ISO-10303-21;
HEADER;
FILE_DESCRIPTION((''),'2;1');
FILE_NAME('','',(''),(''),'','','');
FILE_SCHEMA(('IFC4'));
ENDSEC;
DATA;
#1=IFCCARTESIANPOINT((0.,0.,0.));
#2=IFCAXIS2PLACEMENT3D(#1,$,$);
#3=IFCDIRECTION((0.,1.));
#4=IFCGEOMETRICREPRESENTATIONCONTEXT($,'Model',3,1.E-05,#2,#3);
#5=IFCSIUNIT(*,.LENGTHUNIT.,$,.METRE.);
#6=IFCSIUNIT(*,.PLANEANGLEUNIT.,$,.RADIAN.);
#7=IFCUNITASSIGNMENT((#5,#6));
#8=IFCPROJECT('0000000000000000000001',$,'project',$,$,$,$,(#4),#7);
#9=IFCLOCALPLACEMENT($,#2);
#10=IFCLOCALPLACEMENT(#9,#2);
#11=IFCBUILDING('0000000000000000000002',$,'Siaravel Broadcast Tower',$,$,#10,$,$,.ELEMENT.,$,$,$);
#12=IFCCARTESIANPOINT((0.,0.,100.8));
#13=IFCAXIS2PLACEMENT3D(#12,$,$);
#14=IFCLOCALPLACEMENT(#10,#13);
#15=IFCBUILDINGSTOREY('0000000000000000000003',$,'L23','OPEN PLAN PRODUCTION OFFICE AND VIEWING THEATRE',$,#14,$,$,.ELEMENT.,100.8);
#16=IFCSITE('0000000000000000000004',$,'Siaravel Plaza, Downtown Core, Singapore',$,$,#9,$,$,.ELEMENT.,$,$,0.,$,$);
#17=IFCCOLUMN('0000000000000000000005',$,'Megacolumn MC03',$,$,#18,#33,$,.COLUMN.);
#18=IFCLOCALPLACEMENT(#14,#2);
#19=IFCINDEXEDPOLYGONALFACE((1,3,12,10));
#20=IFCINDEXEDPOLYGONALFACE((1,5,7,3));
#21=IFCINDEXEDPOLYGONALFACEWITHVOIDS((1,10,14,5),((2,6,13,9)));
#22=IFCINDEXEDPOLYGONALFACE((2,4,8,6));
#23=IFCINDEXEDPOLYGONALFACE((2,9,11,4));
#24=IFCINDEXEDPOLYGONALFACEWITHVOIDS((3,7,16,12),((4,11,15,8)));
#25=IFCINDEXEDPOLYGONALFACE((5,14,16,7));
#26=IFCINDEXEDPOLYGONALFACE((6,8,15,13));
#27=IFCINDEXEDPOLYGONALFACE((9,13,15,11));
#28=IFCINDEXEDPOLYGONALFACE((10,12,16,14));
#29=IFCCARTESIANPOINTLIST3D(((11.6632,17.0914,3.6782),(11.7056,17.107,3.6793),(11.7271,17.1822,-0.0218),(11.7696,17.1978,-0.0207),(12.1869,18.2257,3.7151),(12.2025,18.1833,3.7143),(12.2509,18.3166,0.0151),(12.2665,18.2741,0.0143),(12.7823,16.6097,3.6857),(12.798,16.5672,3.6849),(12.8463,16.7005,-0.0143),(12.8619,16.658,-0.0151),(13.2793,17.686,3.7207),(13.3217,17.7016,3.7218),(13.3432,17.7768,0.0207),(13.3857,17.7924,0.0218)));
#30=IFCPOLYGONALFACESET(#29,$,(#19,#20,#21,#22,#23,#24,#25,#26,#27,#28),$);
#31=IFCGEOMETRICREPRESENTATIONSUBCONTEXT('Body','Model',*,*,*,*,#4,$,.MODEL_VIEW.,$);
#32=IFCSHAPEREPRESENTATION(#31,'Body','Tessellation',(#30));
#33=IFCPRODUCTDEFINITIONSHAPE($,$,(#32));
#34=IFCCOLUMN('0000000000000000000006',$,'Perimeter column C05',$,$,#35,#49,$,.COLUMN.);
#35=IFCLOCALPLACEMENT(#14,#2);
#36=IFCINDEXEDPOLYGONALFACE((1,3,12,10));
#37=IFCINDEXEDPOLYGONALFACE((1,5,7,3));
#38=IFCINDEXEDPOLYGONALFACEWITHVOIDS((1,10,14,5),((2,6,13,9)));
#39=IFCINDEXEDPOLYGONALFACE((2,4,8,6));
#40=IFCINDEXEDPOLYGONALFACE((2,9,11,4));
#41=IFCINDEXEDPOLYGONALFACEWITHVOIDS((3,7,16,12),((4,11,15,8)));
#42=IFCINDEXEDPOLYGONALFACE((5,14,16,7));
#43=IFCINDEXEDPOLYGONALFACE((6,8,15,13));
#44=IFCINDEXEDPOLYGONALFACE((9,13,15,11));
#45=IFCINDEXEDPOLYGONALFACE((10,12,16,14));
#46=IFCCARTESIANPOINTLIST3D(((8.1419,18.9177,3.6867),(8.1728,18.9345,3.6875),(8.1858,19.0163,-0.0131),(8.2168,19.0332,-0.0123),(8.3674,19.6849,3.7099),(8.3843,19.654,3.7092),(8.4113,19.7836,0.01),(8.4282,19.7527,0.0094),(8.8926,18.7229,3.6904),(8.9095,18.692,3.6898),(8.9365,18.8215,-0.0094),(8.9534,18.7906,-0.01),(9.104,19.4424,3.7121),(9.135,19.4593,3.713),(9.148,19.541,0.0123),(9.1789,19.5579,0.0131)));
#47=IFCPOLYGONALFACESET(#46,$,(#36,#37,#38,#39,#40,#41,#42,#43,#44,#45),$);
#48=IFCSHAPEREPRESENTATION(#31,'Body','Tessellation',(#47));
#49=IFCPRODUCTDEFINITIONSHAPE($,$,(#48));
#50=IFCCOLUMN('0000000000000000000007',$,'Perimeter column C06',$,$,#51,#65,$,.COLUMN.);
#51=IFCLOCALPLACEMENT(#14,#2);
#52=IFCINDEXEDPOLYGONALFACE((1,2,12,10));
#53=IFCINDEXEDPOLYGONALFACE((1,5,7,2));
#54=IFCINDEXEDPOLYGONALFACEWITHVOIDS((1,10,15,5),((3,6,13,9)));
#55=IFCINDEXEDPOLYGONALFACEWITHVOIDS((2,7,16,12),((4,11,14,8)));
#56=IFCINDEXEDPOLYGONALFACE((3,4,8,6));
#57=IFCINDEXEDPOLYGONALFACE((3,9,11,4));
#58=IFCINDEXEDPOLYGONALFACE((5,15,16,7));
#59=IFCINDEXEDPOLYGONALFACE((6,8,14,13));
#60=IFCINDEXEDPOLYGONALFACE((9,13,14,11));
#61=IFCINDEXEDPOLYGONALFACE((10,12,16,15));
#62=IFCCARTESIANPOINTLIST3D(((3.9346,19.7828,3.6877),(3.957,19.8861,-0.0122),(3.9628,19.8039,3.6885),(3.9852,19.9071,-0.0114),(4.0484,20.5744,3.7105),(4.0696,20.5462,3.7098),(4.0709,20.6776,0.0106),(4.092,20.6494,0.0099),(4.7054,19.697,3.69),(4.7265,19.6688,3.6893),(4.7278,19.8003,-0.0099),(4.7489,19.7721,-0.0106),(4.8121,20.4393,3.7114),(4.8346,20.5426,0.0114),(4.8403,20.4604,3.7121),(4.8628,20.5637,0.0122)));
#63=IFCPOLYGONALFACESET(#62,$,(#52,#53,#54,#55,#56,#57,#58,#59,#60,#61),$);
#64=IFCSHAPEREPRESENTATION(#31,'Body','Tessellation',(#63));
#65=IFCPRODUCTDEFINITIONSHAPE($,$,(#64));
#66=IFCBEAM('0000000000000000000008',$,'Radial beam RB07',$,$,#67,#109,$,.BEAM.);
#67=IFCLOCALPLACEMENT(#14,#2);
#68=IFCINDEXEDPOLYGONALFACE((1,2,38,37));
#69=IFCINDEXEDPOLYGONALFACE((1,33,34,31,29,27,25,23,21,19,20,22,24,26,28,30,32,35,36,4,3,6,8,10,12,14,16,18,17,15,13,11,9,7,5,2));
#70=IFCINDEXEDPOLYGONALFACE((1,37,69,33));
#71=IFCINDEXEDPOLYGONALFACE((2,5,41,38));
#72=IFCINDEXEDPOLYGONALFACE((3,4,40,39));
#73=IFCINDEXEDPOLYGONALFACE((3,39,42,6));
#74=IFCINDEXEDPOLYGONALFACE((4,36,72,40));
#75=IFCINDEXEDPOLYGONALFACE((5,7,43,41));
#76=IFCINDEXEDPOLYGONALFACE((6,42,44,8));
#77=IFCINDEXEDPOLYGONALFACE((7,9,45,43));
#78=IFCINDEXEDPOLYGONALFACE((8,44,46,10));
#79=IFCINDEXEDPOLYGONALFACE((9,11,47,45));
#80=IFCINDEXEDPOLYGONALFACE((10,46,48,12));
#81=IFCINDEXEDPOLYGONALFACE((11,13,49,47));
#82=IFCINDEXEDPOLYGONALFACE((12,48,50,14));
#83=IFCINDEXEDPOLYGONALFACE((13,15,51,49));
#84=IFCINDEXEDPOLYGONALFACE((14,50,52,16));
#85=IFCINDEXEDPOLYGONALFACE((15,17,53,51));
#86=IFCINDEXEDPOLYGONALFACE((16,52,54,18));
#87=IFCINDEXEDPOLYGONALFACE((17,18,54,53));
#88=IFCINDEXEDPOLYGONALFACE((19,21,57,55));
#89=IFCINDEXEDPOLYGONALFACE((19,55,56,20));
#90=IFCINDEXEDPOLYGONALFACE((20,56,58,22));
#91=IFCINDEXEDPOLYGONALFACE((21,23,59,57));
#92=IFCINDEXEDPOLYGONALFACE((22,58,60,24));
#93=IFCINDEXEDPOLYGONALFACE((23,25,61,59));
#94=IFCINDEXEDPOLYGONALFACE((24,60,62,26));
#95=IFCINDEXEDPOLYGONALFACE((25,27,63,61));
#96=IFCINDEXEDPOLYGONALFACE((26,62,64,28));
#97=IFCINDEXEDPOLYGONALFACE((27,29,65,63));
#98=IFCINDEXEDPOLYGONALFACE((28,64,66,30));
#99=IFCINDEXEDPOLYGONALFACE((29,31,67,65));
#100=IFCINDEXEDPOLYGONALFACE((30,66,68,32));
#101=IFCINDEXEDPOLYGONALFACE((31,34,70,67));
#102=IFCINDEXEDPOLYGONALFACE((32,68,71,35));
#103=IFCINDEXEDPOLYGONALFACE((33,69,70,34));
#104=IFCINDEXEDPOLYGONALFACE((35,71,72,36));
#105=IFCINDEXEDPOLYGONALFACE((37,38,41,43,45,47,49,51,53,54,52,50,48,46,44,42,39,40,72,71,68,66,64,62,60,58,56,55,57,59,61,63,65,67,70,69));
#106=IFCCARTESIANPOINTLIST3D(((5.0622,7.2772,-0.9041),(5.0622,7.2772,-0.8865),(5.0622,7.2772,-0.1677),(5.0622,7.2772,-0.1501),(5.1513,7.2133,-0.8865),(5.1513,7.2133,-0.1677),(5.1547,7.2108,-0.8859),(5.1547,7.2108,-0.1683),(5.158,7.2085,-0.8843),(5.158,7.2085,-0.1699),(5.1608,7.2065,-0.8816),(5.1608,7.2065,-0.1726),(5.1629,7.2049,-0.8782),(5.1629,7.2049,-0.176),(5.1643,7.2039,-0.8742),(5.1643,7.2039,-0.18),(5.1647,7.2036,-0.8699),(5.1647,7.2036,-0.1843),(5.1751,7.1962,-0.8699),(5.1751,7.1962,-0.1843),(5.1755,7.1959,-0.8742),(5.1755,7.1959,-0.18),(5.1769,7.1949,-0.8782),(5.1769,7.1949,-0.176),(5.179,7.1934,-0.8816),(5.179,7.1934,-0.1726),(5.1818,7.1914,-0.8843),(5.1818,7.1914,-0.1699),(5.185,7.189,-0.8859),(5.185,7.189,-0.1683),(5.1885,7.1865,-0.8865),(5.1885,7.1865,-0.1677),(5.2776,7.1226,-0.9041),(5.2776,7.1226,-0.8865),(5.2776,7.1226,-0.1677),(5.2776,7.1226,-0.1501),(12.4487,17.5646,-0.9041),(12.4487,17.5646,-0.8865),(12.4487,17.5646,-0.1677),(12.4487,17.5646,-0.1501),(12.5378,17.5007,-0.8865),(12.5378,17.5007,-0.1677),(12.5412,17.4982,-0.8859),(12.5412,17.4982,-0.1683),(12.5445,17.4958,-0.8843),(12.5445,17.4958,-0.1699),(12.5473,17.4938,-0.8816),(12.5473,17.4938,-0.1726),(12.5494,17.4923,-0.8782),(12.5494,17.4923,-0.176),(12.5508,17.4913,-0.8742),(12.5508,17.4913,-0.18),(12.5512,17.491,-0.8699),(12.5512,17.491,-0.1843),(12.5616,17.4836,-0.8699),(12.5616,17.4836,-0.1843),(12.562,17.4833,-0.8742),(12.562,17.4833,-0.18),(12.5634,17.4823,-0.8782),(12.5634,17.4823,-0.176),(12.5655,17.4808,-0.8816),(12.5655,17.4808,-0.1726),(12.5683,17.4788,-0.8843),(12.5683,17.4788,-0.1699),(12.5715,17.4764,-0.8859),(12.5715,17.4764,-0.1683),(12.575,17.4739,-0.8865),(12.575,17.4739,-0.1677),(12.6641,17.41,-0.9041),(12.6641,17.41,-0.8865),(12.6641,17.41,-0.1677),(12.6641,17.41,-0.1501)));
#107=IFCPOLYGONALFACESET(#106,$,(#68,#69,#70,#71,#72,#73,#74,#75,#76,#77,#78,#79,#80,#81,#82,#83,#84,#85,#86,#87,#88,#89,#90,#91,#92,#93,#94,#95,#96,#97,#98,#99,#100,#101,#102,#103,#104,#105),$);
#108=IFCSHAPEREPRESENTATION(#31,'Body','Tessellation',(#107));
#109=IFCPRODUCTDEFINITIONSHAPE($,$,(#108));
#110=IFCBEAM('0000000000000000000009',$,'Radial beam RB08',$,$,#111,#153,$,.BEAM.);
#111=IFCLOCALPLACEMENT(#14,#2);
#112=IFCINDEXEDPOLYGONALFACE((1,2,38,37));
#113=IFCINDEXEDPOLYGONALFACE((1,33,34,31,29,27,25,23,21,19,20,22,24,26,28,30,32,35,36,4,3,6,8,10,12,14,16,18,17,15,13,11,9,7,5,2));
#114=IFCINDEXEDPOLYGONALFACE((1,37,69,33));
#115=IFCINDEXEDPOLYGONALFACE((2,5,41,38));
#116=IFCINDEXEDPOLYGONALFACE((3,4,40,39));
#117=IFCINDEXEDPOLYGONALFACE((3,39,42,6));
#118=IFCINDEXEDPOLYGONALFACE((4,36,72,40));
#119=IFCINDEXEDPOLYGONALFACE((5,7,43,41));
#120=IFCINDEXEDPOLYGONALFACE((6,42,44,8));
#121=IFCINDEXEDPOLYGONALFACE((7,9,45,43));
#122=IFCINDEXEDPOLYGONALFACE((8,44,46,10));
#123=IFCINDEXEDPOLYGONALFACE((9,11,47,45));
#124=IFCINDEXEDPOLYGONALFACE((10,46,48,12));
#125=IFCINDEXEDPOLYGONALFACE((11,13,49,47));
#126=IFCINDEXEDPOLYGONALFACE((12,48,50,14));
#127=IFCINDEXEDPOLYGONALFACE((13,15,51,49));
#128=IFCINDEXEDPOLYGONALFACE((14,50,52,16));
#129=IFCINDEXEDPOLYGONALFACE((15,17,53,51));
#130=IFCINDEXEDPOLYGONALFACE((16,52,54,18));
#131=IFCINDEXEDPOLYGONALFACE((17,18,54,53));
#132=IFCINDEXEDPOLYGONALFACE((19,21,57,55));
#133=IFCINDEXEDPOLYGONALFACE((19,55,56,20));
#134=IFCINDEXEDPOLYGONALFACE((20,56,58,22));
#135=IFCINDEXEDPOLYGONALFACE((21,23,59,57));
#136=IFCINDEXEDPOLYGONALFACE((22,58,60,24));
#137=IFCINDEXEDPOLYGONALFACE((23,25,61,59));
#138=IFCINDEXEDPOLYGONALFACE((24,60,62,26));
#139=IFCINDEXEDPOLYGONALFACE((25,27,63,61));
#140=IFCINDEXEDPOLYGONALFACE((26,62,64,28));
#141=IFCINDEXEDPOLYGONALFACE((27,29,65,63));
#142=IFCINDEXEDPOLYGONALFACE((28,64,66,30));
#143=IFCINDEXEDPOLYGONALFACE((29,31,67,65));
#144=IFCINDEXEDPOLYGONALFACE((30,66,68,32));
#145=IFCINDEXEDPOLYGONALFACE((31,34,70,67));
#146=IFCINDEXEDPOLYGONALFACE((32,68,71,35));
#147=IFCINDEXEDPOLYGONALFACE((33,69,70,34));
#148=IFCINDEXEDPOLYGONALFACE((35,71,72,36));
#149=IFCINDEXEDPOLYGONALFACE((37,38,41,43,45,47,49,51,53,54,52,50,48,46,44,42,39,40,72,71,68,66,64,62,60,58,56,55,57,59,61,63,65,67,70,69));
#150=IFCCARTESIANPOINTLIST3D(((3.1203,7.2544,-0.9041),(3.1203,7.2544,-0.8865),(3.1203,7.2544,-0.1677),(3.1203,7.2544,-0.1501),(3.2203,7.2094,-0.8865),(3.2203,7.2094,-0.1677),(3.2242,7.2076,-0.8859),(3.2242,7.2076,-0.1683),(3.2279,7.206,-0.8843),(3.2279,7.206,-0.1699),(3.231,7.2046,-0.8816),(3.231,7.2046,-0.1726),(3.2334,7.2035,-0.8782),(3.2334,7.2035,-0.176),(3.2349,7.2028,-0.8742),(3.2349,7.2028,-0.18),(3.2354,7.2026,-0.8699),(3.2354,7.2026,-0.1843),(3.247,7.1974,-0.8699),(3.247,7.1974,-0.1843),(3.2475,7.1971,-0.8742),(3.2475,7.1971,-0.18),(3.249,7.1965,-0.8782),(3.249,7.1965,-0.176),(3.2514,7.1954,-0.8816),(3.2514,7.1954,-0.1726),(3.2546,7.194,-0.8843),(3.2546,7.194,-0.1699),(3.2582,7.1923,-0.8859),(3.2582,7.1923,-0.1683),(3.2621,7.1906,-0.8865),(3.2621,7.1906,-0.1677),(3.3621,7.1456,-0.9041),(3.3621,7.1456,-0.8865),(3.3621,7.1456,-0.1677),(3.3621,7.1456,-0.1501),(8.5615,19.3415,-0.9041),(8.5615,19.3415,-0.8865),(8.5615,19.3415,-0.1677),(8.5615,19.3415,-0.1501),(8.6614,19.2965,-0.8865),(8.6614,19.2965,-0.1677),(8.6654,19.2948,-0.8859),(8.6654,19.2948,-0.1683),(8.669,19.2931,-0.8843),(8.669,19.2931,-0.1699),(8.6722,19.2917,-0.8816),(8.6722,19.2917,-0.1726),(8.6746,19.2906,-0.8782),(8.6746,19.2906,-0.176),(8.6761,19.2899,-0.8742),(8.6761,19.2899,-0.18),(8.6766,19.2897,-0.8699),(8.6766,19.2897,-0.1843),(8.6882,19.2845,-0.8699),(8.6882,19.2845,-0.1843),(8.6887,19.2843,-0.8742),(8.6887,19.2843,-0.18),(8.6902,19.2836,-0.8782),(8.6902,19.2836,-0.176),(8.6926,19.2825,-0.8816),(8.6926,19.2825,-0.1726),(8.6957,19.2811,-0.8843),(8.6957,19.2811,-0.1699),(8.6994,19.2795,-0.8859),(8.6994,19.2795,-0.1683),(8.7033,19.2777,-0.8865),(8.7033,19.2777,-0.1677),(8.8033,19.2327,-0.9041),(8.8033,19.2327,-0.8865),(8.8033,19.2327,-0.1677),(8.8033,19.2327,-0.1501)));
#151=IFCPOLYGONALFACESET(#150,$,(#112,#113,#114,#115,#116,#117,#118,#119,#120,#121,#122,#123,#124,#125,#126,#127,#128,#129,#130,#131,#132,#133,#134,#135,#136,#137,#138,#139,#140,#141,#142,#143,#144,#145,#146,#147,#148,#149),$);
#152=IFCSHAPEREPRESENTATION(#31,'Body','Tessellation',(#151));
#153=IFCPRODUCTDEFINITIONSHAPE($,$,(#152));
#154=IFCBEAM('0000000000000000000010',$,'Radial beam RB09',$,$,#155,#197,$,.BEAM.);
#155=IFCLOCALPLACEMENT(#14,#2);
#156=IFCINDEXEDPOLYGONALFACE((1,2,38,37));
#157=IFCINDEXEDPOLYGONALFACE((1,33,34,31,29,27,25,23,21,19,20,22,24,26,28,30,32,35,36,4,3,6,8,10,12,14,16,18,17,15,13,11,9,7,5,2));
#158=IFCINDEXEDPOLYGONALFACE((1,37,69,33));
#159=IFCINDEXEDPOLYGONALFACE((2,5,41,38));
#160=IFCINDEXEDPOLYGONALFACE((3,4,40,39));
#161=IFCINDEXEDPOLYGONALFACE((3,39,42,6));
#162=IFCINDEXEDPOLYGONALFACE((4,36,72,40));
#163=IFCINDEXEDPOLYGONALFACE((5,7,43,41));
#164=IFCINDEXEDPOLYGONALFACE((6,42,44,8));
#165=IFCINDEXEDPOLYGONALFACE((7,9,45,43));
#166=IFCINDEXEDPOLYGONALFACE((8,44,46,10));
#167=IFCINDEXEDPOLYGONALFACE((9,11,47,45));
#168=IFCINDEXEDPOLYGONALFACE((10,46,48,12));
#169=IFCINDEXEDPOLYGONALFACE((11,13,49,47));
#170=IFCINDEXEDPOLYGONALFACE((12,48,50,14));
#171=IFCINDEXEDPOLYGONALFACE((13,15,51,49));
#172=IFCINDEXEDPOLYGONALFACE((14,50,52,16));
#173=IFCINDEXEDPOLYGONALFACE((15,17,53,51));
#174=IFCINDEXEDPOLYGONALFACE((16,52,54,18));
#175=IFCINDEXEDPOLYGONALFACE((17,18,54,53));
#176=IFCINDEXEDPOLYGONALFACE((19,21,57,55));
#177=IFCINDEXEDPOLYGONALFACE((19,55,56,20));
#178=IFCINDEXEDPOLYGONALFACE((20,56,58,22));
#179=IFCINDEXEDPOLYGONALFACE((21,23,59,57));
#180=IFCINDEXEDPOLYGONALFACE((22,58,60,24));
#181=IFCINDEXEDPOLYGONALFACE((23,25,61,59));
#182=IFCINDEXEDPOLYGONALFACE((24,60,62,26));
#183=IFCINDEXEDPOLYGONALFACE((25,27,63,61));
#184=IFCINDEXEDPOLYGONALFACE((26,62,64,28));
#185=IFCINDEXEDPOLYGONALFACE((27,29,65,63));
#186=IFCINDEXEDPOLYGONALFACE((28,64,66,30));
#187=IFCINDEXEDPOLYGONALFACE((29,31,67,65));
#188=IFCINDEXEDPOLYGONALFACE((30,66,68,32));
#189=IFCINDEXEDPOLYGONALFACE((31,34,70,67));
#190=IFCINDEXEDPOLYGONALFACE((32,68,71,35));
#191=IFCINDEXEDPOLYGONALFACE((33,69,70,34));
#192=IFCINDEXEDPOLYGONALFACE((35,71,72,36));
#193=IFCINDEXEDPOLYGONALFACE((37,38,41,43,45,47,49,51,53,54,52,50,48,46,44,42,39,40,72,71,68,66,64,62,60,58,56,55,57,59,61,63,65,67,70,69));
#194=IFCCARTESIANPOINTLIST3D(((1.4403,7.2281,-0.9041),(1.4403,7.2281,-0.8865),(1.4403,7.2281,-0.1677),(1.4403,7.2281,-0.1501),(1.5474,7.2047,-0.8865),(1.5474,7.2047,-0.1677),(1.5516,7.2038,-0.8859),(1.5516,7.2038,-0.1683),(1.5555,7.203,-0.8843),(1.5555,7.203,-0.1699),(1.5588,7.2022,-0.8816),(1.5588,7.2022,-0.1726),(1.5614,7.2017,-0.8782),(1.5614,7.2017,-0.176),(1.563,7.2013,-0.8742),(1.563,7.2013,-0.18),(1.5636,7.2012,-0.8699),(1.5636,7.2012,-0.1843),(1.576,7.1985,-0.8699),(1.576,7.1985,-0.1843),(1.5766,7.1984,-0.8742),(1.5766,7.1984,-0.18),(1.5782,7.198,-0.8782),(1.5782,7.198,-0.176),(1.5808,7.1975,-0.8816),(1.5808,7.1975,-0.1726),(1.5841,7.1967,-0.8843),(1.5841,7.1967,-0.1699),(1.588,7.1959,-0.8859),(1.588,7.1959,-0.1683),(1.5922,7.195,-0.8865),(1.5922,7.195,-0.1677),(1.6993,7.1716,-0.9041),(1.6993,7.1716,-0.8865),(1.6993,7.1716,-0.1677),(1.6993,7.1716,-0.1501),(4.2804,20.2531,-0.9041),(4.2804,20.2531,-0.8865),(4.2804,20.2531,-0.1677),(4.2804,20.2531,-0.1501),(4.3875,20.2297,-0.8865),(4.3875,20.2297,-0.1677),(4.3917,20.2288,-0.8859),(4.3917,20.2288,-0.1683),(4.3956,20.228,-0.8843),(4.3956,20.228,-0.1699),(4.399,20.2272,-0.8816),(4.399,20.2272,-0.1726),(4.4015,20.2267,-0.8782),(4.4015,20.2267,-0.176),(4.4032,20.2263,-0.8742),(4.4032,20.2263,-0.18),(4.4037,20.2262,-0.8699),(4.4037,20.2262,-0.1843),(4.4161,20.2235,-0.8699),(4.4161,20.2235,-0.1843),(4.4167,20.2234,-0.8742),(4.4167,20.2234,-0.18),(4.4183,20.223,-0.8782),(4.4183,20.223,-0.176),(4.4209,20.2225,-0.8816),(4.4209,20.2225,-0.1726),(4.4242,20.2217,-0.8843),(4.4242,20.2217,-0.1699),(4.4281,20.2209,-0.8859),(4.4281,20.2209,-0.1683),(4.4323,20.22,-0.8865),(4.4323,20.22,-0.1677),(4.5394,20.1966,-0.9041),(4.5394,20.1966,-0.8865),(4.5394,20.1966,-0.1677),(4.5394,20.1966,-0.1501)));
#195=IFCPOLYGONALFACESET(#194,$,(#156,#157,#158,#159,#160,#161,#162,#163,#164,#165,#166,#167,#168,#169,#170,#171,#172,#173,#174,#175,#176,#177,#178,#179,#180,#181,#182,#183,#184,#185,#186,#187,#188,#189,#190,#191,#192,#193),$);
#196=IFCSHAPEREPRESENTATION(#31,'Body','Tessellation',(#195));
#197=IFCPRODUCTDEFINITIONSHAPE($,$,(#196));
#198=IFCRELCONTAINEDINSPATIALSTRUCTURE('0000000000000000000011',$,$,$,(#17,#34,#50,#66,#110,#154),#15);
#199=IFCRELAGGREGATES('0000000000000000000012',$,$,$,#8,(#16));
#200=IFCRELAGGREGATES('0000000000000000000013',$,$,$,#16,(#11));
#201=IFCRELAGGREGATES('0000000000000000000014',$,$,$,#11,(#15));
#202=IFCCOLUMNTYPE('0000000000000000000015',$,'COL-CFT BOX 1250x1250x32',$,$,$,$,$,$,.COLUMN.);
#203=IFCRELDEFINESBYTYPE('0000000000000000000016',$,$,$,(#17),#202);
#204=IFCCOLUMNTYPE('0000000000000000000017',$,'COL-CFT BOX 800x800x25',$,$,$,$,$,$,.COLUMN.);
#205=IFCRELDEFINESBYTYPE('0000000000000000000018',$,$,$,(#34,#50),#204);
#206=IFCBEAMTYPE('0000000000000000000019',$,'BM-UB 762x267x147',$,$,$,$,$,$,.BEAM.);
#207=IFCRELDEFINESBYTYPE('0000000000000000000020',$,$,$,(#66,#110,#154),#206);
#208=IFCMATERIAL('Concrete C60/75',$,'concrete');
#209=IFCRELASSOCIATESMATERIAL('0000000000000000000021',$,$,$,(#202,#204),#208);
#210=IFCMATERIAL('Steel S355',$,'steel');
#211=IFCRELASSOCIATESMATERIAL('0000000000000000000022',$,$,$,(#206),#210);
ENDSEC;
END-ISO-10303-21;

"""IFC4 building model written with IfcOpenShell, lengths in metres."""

from ifc_helpers import new_model, si_unit, direction, frame, origin, origin_2d, place, context, subcontext, project, spatial, hollow_rectangle, i_section, extrude, material, material_profile, profile_set, type_object, element, save


model = new_model("IFC4")

# Units and contexts
model_context = context("Model", 3, precision=1e-05, world=origin(), true_north=direction((0.0, 1.0)))
body_context = subcontext(model_context, "Body", "Model", "MODEL_VIEW")
ifc_project = project(units=[si_unit("LENGTHUNIT", "METRE"), si_unit("PLANEANGLEUNIT", "RADIAN")], contexts=[model_context])

# Site, building, storey
site_placement = place(None, origin())
site = spatial("IfcSite", under=ifc_project, at=site_placement, Name="Siaravel Plaza, Downtown Core, Singapore", CompositionType="ELEMENT", RefElevation=0.0)
building_placement = place(site_placement, origin())
building = spatial("IfcBuilding", under=site, at=building_placement, Name="Siaravel Broadcast Tower", CompositionType="ELEMENT")
storey_placement = place(building_placement, frame((0.0, 0.0, 100.8)))
storey = spatial("IfcBuildingStorey", under=building, at=storey_placement, Name="L23", Description="OPEN PLAN PRODUCTION OFFICE AND VIEWING THEATRE", CompositionType="ELEMENT", Elevation=100.8)

# Columns
ifc_material_1 = material(Name="Concrete C60/75", Category="concrete")
ifc_material_profile_1 = material_profile(ifc_material_1, hollow_rectangle(XDim=1.25, YDim=1.25, WallThickness=0.032, at=origin_2d()))
ifc_profile_set_1 = profile_set([ifc_material_profile_1], Name="Concrete C60/75")
column_type_1 = type_object("IfcColumnType", Name="COL-CFT BOX 1250x1250x32", PredefinedType="COLUMN", material=ifc_profile_set_1)
column_placement = place(storey_placement, frame((12.5564, 17.4873, 0.0), z_axis=(-0.01728, -0.024535, 0.99955), x_axis=(0.907825, -0.419314, 0.005402)))
element("IfcColumn", 1, at=column_placement, inside=storey, type_object=column_type_1, Name="Megacolumn MC03", PredefinedType="COLUMN", context=body_context, shape_type="SweptSolid", body=[
    extrude(hollow_rectangle(XDim=1.25, YDim=1.25, WallThickness=0.032, at=origin_2d()), origin(), (0.0, 0.0, 1.0), 3.7017),
])
ifc_material_profile_2 = material_profile(ifc_material_1, hollow_rectangle(XDim=0.8, YDim=0.8, WallThickness=0.0249, at=origin_2d()))
ifc_profile_set_2 = profile_set([ifc_material_profile_2], Name="Concrete C60/75")
column_type_2 = type_object("IfcColumnType", Name="COL-CFT BOX 800x800x25", PredefinedType="COLUMN", material=ifc_profile_set_2)
for number, where, z_axis, x_axis, name in (
    (2, (8.6824, 19.2871, 0.0), (-0.011872, -0.026647, 0.999574), (0.959384, -0.282077, 0.003875), "Perimeter column C05"),
    (3, (4.4099, 20.2249, 0.0), (-0.006068, -0.0279, 0.999592), (0.989799, -0.142457, 0.002032), "Perimeter column C06"),
):
    element("IfcColumn", number, at=place(storey_placement, frame(where, z_axis=z_axis, x_axis=x_axis)), inside=storey, type_object=column_type_2, Name=name, PredefinedType="COLUMN", context=body_context, shape_type="SweptSolid", body=[
        extrude(hollow_rectangle(XDim=0.8, YDim=0.8, WallThickness=0.0249, at=origin_2d()), origin(), (0.0, 0.0, 1.0), 3.7014),
    ])

# Beams
ifc_material_2 = material(Name="Steel S355", Category="steel")
ifc_material_profile_3 = material_profile(ifc_material_2, i_section(OverallWidth=0.2651, OverallDepth=0.7539, WebThickness=0.0127, FlangeThickness=0.0176, FilletRadius=0.0166, at=origin_2d()))
ifc_profile_set_3 = profile_set([ifc_material_profile_3], Name="Steel S355")
beam_type = type_object("IfcBeamType", Name="BM-UB 762x267x147", PredefinedType="BEAM", material=ifc_profile_set_3)
beam_1_placement = place(storey_placement, frame((12.5564, 17.4873, -0.5271), z_axis=(-0.583242, -0.812298, 0.0), x_axis=(0.812298, -0.583242, 0.0)))
element("IfcBeam", 4, at=beam_1_placement, inside=storey, type_object=beam_type, Name="Radial beam RB07", PredefinedType="BEAM", context=body_context, shape_type="SweptSolid", body=[
    extrude(i_section(OverallWidth=0.2651, OverallDepth=0.7539, WebThickness=0.0127, FlangeThickness=0.0176, FilletRadius=0.0166, at=origin_2d()), origin(), (0.0, 0.0, 1.0), 12.6646),
])
beam_2_placement = place(storey_placement, frame((8.6824, 19.2871, -0.5271), z_axis=(-0.410486, -0.911867, 0.0), x_axis=(0.911867, -0.410486, 0.0)))
element("IfcBeam", 5, at=beam_2_placement, inside=storey, type_object=beam_type, Name="Radial beam RB08", PredefinedType="BEAM", context=body_context, shape_type="SweptSolid", body=[
    extrude(i_section(OverallWidth=0.2651, OverallDepth=0.7539, WebThickness=0.0127, FlangeThickness=0.0176, FilletRadius=0.0166, at=origin_2d()), origin(), (0.0, 0.0, 1.0), 13.2554),
])
beam_3_placement = place(storey_placement, frame((4.4099, 20.2249, -0.5271), z_axis=(-0.213045, -0.977042, 0.0), x_axis=(0.977042, -0.213045, 0.0)))
element("IfcBeam", 6, at=beam_3_placement, inside=storey, type_object=beam_type, Name="Radial beam RB09", PredefinedType="BEAM", context=body_context, shape_type="SweptSolid", body=[
    extrude(i_section(OverallWidth=0.2651, OverallDepth=0.7539, WebThickness=0.0127, FlangeThickness=0.0176, FilletRadius=0.0166, at=origin_2d()), origin(), (0.0, 0.0, 1.0), 13.3311),
])

save(model, "model.ifc")
